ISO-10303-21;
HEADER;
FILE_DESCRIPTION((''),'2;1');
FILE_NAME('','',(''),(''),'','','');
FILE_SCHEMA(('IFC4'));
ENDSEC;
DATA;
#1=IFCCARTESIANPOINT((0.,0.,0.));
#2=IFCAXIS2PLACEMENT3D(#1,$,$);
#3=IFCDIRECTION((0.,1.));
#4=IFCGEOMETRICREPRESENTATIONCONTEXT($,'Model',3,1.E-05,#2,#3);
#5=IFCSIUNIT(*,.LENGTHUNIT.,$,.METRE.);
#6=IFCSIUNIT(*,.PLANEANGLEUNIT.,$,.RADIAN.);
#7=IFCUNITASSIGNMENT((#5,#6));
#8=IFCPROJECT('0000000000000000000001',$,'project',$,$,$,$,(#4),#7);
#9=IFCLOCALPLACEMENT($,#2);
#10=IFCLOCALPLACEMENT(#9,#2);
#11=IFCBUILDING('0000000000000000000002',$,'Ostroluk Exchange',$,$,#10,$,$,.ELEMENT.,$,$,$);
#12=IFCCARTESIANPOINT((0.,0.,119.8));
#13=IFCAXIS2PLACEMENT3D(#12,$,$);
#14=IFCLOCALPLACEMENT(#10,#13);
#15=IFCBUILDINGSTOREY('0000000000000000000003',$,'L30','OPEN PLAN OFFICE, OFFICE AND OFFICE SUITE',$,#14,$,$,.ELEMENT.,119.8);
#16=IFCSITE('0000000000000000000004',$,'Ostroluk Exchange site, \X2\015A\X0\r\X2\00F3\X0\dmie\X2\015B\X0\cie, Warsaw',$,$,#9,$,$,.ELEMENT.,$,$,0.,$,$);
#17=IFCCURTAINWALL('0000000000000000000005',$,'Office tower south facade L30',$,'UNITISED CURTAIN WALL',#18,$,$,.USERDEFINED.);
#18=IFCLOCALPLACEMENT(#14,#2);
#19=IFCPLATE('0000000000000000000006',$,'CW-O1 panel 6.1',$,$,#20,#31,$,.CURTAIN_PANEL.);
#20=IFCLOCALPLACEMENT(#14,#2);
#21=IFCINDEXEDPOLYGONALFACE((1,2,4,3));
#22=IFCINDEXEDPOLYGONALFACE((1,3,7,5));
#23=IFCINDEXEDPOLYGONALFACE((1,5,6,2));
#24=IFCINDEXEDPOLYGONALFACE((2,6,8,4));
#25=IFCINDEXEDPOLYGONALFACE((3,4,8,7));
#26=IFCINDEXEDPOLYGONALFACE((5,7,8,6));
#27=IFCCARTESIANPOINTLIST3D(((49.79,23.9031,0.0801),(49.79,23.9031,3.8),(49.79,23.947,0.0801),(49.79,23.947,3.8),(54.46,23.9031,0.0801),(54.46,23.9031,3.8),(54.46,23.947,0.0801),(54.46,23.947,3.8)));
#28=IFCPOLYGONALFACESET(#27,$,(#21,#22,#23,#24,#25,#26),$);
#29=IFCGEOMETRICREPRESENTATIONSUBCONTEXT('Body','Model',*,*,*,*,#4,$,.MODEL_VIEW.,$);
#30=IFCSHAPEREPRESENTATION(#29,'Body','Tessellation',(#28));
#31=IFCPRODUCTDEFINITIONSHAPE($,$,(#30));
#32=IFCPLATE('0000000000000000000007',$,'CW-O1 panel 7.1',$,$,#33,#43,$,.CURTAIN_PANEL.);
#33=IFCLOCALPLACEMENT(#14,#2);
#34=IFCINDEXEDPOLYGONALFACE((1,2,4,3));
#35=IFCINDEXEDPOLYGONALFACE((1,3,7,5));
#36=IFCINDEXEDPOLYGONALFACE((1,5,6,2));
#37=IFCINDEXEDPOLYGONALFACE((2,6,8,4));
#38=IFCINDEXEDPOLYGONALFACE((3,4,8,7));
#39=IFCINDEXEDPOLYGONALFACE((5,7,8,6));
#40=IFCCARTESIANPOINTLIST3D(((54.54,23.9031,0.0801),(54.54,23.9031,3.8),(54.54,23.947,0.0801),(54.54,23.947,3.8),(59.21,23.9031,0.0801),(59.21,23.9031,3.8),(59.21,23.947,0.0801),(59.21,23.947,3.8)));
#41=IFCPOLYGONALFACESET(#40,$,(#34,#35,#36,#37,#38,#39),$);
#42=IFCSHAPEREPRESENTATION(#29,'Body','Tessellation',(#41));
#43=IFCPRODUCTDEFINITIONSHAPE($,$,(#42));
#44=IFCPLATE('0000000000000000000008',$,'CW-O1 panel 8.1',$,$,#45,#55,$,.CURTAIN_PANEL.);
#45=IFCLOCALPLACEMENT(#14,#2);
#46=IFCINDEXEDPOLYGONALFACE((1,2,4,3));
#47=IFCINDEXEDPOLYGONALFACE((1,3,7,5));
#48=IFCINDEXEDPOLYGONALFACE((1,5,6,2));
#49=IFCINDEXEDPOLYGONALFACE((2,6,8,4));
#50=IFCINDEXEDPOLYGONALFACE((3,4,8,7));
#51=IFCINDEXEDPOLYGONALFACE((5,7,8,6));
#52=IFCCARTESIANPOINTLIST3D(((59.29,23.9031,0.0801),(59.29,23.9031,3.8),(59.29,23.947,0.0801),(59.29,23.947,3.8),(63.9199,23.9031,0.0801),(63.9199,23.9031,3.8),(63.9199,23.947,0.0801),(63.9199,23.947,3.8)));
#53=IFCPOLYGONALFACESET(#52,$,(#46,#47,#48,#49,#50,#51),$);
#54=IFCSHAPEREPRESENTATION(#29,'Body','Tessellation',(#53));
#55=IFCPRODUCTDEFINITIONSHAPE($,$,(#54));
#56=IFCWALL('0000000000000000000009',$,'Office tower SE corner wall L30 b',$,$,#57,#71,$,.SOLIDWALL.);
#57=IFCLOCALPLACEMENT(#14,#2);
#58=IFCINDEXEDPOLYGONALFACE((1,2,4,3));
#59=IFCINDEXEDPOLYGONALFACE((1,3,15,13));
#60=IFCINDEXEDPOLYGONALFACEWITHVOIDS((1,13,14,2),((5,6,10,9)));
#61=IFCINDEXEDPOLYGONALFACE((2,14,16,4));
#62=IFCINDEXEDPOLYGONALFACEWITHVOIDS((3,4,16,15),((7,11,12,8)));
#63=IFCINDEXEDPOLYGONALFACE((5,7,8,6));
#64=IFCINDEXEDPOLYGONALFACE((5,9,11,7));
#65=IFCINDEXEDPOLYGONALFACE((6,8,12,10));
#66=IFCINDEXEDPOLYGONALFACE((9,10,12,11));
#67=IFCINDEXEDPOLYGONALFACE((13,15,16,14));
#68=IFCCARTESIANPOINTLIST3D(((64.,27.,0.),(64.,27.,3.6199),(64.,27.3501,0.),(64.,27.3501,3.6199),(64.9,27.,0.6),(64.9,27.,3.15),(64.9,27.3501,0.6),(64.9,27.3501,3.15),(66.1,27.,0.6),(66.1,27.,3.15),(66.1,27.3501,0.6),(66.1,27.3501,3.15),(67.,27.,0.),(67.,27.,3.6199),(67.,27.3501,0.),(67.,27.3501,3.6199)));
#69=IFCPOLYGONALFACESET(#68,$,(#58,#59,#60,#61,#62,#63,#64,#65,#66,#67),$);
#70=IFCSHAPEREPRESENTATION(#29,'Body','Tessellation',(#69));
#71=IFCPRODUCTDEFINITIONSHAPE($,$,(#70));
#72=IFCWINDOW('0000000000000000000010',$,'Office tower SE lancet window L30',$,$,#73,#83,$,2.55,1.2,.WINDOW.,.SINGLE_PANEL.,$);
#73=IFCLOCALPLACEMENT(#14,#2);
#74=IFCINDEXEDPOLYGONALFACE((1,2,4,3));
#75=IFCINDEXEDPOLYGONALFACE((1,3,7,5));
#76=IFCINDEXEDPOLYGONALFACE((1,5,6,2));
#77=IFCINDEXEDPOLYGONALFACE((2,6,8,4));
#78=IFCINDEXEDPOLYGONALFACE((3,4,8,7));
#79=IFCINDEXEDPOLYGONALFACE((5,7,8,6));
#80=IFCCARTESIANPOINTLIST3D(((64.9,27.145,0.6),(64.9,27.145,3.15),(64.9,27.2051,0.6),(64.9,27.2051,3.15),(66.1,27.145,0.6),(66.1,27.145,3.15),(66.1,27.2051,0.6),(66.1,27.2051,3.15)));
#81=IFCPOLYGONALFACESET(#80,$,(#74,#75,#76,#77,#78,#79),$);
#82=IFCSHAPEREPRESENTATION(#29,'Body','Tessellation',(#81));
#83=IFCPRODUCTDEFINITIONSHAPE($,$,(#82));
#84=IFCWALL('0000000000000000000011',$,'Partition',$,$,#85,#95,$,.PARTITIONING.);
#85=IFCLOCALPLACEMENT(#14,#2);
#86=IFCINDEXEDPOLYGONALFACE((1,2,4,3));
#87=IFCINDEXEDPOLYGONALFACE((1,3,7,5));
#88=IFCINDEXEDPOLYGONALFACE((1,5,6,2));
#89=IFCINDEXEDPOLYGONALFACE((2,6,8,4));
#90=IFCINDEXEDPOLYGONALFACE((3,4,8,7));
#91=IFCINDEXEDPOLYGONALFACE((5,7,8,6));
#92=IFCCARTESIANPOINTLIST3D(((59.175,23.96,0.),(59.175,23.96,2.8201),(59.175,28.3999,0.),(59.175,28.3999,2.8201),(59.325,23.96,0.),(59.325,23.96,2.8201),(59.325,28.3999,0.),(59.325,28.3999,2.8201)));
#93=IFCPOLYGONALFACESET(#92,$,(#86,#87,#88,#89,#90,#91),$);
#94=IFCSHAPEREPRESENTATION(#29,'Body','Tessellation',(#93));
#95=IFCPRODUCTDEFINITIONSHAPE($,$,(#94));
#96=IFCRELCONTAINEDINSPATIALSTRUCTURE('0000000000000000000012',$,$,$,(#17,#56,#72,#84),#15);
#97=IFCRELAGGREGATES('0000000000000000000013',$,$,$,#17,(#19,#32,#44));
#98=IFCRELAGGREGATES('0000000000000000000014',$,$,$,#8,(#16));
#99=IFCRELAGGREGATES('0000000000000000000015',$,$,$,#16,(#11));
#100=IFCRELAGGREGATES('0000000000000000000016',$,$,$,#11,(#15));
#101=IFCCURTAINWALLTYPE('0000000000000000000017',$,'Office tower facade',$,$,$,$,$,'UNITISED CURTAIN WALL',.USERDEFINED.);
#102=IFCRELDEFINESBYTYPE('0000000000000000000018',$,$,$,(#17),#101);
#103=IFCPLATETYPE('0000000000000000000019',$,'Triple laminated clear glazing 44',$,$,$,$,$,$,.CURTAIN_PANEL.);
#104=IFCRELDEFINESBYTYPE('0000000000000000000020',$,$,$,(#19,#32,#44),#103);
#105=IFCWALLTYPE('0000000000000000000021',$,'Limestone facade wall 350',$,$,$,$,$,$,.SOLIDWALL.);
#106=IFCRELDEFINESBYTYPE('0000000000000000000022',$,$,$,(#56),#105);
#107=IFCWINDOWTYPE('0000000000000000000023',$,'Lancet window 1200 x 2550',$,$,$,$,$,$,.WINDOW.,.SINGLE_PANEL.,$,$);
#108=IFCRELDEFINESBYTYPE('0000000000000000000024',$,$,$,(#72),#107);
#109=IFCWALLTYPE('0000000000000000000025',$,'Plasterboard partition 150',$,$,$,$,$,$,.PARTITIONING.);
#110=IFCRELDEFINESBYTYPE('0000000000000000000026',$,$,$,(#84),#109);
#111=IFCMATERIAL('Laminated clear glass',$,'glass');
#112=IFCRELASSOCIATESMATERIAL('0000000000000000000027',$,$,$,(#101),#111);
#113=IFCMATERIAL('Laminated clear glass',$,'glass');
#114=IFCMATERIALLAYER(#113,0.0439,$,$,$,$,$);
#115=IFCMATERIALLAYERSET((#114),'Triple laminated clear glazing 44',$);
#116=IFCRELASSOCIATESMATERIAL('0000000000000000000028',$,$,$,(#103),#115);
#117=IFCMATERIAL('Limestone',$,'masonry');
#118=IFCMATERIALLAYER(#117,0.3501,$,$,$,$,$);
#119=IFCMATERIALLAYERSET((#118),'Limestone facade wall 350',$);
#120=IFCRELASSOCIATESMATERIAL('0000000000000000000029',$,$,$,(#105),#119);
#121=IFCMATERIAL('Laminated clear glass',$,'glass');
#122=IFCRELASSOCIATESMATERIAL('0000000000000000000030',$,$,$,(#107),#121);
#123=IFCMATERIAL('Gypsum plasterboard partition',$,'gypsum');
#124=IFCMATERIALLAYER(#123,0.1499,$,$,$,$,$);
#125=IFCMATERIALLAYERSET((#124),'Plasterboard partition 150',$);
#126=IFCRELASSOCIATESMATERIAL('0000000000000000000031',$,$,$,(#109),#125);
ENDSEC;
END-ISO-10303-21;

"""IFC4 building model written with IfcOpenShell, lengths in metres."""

from ifc_helpers import new_model, si_unit, direction, frame, frame_2d, origin, origin_2d, place, context, subcontext, project, spatial, rectangle, extrude, material, layer, layer_set, type_object, element, fill, aggregate, save


model = new_model("IFC4")

# Units and contexts
model_context = context("Model", 3, precision=1e-05, world=origin(), true_north=direction((0.0, 1.0)))
body_context = subcontext(model_context, "Body", "Model", "MODEL_VIEW")
ifc_project = project(units=[si_unit("LENGTHUNIT", "METRE"), si_unit("PLANEANGLEUNIT", "RADIAN")], contexts=[model_context])

# Site, building, storey
site_placement = place(None, origin())
site = spatial("IfcSite", under=ifc_project, at=site_placement, Name="Ostroluk Exchange site, Śródmieście, Warsaw", CompositionType="ELEMENT", RefElevation=0.0)
building_placement = place(site_placement, origin())
building = spatial("IfcBuilding", under=site, at=building_placement, Name="Ostroluk Exchange", CompositionType="ELEMENT")
storey_placement = place(building_placement, frame((0.0, 0.0, 119.8)))
storey = spatial("IfcBuildingStorey", under=building, at=storey_placement, Name="L30", Description="OPEN PLAN OFFICE, OFFICE AND OFFICE SUITE", CompositionType="ELEMENT", Elevation=119.8)

# Curtain wall
ifc_material_1 = material(Name="Laminated clear glass", Category="glass")
curtain_wall_type = type_object("IfcCurtainWallType", Name="Office tower facade", ElementType="UNITISED CURTAIN WALL", PredefinedType="USERDEFINED", material=ifc_material_1)
curtain_wall_placement = place(storey_placement, origin())
curtain_wall = element("IfcCurtainWall", 1, at=curtain_wall_placement, inside=storey, type_object=curtain_wall_type, Name="Office tower south facade L30", ObjectType="UNITISED CURTAIN WALL", PredefinedType="USERDEFINED")

# Plates
ifc_material_2 = material(Name="Laminated clear glass", Category="glass")
ifc_layer_1 = layer(ifc_material_2, 0.0439)
ifc_layer_set_1 = layer_set([ifc_layer_1], Name="Triple laminated clear glazing 44")
plate_type_1 = type_object("IfcPlateType", Name="Triple laminated clear glazing 44", PredefinedType="CURTAIN_PANEL", material=ifc_layer_set_1)
plate_1_placement = place(storey_placement, frame((52.125, 23.925, 0.0801), z_axis=(0.0, 0.0, 1.0), x_axis=(1.0, 0.0, 0.0)))
plate_1 = element("IfcPlate", 2, at=plate_1_placement, type_object=plate_type_1, Name="CW-O1 panel 6.1", PredefinedType="CURTAIN_PANEL", context=body_context, shape_type="SweptSolid", body=[
    extrude(rectangle(XDim=4.6699, YDim=0.0439, at=origin_2d()), origin(), (0.0, 0.0, 1.0), 3.72),
])
plate_2_placement = place(storey_placement, frame((56.875, 23.925, 0.0801), z_axis=(0.0, 0.0, 1.0), x_axis=(1.0, 0.0, 0.0)))
plate_2 = element("IfcPlate", 3, at=plate_2_placement, type_object=plate_type_1, Name="CW-O1 panel 7.1", PredefinedType="CURTAIN_PANEL", context=body_context, shape_type="SweptSolid", body=[
    extrude(rectangle(XDim=4.6699, YDim=0.0439, at=origin_2d()), origin(), (0.0, 0.0, 1.0), 3.72),
])
plate_3_placement = place(storey_placement, frame((61.605, 23.925, 0.0801), z_axis=(0.0, 0.0, 1.0), x_axis=(1.0, 0.0, 0.0)))
plate_3 = element("IfcPlate", 4, at=plate_3_placement, type_object=plate_type_1, Name="CW-O1 panel 8.1", PredefinedType="CURTAIN_PANEL", context=body_context, shape_type="SweptSolid", body=[
    extrude(rectangle(XDim=4.6299, YDim=0.0439, at=origin_2d()), origin(), (0.0, 0.0, 1.0), 3.72),
])
aggregate(curtain_wall, [plate_1, plate_2, plate_3])

# Shared definitions
ifc_material_3 = material(Name="Limestone", Category="masonry")
ifc_layer_2 = layer(ifc_material_3, 0.3501)
ifc_layer_set_2 = layer_set([ifc_layer_2], Name="Limestone facade wall 350")
wall_type_1 = type_object("IfcWallType", Name="Limestone facade wall 350", PredefinedType="SOLIDWALL", material=ifc_layer_set_2)

# Wall, opening, window
wall_1_placement = place(storey_placement, frame((64.0, 27.175, 0.0), z_axis=(0.0, 0.0, 1.0), x_axis=(1.0, 0.0, 0.0)))
wall_1 = element("IfcWall", 5, at=wall_1_placement, inside=storey, type_object=wall_type_1, Name="Office tower SE corner wall L30 b", PredefinedType="SOLIDWALL", context=body_context, shape_type="SweptSolid", body=[
    extrude(rectangle(XDim=3.0, YDim=0.3501, at=frame_2d((1.5, 0.0))), origin(), (0.0, 0.0, 1.0), 3.6199),
])
opening_1_placement = place(wall_1_placement, frame((0.8999, 0.0, 0.6001)))
opening_1 = element("IfcOpeningElement", 6, at=opening_1_placement, cuts=wall_1, PredefinedType="OPENING", context=body_context, shape_type="SweptSolid", body=[
    extrude(rectangle(XDim=1.2, YDim=2.55, at=frame_2d((0.6001, 1.2749))), frame((0.0, 0.1851, 0.0), z_axis=(0.0, -1.0, 0.0), x_axis=(1.0, 0.0, 0.0)), (0.0, 0.0, 1.0), 0.3701),
])
ifc_material_4 = material(Name="Laminated clear glass", Category="glass")
window_type = type_object("IfcWindowType", Name="Lancet window 1200 x 2550", PartitioningType="SINGLE_PANEL", PredefinedType="WINDOW", material=ifc_material_4)
window_placement = place(opening_1_placement, origin())
window = element("IfcWindow", 7, at=window_placement, inside=storey, type_object=window_type, Name="Office tower SE lancet window L30", OverallHeight=2.55, OverallWidth=1.2, PartitioningType="SINGLE_PANEL", PredefinedType="WINDOW", context=body_context, shape_type="SweptSolid", body=[
    extrude(rectangle(XDim=1.2, YDim=2.55, at=frame_2d((0.6001, 1.2749))), frame((0.0, 0.03, 0.0), z_axis=(0.0, -1.0, 0.0), x_axis=(1.0, 0.0, 0.0)), (0.0, 0.0, 1.0), 0.0601),
])
fill(opening_1, window)

# Wall
ifc_material_5 = material(Name="Gypsum plasterboard partition", Category="gypsum")
ifc_layer_3 = layer(ifc_material_5, 0.1499)
ifc_layer_set_3 = layer_set([ifc_layer_3], Name="Plasterboard partition 150")
wall_type_2 = type_object("IfcWallType", Name="Plasterboard partition 150", PredefinedType="PARTITIONING", material=ifc_layer_set_3)
wall_2_placement = place(storey_placement, frame((59.25, 28.3999, 0.0), z_axis=(0.0, 0.0, 1.0), x_axis=(0.0, -1.0, 0.0)))
element("IfcWall", 8, at=wall_2_placement, inside=storey, type_object=wall_type_2, Name="Partition", PredefinedType="PARTITIONING", context=body_context, shape_type="SweptSolid", body=[
    extrude(rectangle(XDim=4.4399, YDim=0.1499, at=frame_2d((2.22, 0.0))), origin(), (0.0, 0.0, 1.0), 2.8201),
])

save(model, "model.ifc")
